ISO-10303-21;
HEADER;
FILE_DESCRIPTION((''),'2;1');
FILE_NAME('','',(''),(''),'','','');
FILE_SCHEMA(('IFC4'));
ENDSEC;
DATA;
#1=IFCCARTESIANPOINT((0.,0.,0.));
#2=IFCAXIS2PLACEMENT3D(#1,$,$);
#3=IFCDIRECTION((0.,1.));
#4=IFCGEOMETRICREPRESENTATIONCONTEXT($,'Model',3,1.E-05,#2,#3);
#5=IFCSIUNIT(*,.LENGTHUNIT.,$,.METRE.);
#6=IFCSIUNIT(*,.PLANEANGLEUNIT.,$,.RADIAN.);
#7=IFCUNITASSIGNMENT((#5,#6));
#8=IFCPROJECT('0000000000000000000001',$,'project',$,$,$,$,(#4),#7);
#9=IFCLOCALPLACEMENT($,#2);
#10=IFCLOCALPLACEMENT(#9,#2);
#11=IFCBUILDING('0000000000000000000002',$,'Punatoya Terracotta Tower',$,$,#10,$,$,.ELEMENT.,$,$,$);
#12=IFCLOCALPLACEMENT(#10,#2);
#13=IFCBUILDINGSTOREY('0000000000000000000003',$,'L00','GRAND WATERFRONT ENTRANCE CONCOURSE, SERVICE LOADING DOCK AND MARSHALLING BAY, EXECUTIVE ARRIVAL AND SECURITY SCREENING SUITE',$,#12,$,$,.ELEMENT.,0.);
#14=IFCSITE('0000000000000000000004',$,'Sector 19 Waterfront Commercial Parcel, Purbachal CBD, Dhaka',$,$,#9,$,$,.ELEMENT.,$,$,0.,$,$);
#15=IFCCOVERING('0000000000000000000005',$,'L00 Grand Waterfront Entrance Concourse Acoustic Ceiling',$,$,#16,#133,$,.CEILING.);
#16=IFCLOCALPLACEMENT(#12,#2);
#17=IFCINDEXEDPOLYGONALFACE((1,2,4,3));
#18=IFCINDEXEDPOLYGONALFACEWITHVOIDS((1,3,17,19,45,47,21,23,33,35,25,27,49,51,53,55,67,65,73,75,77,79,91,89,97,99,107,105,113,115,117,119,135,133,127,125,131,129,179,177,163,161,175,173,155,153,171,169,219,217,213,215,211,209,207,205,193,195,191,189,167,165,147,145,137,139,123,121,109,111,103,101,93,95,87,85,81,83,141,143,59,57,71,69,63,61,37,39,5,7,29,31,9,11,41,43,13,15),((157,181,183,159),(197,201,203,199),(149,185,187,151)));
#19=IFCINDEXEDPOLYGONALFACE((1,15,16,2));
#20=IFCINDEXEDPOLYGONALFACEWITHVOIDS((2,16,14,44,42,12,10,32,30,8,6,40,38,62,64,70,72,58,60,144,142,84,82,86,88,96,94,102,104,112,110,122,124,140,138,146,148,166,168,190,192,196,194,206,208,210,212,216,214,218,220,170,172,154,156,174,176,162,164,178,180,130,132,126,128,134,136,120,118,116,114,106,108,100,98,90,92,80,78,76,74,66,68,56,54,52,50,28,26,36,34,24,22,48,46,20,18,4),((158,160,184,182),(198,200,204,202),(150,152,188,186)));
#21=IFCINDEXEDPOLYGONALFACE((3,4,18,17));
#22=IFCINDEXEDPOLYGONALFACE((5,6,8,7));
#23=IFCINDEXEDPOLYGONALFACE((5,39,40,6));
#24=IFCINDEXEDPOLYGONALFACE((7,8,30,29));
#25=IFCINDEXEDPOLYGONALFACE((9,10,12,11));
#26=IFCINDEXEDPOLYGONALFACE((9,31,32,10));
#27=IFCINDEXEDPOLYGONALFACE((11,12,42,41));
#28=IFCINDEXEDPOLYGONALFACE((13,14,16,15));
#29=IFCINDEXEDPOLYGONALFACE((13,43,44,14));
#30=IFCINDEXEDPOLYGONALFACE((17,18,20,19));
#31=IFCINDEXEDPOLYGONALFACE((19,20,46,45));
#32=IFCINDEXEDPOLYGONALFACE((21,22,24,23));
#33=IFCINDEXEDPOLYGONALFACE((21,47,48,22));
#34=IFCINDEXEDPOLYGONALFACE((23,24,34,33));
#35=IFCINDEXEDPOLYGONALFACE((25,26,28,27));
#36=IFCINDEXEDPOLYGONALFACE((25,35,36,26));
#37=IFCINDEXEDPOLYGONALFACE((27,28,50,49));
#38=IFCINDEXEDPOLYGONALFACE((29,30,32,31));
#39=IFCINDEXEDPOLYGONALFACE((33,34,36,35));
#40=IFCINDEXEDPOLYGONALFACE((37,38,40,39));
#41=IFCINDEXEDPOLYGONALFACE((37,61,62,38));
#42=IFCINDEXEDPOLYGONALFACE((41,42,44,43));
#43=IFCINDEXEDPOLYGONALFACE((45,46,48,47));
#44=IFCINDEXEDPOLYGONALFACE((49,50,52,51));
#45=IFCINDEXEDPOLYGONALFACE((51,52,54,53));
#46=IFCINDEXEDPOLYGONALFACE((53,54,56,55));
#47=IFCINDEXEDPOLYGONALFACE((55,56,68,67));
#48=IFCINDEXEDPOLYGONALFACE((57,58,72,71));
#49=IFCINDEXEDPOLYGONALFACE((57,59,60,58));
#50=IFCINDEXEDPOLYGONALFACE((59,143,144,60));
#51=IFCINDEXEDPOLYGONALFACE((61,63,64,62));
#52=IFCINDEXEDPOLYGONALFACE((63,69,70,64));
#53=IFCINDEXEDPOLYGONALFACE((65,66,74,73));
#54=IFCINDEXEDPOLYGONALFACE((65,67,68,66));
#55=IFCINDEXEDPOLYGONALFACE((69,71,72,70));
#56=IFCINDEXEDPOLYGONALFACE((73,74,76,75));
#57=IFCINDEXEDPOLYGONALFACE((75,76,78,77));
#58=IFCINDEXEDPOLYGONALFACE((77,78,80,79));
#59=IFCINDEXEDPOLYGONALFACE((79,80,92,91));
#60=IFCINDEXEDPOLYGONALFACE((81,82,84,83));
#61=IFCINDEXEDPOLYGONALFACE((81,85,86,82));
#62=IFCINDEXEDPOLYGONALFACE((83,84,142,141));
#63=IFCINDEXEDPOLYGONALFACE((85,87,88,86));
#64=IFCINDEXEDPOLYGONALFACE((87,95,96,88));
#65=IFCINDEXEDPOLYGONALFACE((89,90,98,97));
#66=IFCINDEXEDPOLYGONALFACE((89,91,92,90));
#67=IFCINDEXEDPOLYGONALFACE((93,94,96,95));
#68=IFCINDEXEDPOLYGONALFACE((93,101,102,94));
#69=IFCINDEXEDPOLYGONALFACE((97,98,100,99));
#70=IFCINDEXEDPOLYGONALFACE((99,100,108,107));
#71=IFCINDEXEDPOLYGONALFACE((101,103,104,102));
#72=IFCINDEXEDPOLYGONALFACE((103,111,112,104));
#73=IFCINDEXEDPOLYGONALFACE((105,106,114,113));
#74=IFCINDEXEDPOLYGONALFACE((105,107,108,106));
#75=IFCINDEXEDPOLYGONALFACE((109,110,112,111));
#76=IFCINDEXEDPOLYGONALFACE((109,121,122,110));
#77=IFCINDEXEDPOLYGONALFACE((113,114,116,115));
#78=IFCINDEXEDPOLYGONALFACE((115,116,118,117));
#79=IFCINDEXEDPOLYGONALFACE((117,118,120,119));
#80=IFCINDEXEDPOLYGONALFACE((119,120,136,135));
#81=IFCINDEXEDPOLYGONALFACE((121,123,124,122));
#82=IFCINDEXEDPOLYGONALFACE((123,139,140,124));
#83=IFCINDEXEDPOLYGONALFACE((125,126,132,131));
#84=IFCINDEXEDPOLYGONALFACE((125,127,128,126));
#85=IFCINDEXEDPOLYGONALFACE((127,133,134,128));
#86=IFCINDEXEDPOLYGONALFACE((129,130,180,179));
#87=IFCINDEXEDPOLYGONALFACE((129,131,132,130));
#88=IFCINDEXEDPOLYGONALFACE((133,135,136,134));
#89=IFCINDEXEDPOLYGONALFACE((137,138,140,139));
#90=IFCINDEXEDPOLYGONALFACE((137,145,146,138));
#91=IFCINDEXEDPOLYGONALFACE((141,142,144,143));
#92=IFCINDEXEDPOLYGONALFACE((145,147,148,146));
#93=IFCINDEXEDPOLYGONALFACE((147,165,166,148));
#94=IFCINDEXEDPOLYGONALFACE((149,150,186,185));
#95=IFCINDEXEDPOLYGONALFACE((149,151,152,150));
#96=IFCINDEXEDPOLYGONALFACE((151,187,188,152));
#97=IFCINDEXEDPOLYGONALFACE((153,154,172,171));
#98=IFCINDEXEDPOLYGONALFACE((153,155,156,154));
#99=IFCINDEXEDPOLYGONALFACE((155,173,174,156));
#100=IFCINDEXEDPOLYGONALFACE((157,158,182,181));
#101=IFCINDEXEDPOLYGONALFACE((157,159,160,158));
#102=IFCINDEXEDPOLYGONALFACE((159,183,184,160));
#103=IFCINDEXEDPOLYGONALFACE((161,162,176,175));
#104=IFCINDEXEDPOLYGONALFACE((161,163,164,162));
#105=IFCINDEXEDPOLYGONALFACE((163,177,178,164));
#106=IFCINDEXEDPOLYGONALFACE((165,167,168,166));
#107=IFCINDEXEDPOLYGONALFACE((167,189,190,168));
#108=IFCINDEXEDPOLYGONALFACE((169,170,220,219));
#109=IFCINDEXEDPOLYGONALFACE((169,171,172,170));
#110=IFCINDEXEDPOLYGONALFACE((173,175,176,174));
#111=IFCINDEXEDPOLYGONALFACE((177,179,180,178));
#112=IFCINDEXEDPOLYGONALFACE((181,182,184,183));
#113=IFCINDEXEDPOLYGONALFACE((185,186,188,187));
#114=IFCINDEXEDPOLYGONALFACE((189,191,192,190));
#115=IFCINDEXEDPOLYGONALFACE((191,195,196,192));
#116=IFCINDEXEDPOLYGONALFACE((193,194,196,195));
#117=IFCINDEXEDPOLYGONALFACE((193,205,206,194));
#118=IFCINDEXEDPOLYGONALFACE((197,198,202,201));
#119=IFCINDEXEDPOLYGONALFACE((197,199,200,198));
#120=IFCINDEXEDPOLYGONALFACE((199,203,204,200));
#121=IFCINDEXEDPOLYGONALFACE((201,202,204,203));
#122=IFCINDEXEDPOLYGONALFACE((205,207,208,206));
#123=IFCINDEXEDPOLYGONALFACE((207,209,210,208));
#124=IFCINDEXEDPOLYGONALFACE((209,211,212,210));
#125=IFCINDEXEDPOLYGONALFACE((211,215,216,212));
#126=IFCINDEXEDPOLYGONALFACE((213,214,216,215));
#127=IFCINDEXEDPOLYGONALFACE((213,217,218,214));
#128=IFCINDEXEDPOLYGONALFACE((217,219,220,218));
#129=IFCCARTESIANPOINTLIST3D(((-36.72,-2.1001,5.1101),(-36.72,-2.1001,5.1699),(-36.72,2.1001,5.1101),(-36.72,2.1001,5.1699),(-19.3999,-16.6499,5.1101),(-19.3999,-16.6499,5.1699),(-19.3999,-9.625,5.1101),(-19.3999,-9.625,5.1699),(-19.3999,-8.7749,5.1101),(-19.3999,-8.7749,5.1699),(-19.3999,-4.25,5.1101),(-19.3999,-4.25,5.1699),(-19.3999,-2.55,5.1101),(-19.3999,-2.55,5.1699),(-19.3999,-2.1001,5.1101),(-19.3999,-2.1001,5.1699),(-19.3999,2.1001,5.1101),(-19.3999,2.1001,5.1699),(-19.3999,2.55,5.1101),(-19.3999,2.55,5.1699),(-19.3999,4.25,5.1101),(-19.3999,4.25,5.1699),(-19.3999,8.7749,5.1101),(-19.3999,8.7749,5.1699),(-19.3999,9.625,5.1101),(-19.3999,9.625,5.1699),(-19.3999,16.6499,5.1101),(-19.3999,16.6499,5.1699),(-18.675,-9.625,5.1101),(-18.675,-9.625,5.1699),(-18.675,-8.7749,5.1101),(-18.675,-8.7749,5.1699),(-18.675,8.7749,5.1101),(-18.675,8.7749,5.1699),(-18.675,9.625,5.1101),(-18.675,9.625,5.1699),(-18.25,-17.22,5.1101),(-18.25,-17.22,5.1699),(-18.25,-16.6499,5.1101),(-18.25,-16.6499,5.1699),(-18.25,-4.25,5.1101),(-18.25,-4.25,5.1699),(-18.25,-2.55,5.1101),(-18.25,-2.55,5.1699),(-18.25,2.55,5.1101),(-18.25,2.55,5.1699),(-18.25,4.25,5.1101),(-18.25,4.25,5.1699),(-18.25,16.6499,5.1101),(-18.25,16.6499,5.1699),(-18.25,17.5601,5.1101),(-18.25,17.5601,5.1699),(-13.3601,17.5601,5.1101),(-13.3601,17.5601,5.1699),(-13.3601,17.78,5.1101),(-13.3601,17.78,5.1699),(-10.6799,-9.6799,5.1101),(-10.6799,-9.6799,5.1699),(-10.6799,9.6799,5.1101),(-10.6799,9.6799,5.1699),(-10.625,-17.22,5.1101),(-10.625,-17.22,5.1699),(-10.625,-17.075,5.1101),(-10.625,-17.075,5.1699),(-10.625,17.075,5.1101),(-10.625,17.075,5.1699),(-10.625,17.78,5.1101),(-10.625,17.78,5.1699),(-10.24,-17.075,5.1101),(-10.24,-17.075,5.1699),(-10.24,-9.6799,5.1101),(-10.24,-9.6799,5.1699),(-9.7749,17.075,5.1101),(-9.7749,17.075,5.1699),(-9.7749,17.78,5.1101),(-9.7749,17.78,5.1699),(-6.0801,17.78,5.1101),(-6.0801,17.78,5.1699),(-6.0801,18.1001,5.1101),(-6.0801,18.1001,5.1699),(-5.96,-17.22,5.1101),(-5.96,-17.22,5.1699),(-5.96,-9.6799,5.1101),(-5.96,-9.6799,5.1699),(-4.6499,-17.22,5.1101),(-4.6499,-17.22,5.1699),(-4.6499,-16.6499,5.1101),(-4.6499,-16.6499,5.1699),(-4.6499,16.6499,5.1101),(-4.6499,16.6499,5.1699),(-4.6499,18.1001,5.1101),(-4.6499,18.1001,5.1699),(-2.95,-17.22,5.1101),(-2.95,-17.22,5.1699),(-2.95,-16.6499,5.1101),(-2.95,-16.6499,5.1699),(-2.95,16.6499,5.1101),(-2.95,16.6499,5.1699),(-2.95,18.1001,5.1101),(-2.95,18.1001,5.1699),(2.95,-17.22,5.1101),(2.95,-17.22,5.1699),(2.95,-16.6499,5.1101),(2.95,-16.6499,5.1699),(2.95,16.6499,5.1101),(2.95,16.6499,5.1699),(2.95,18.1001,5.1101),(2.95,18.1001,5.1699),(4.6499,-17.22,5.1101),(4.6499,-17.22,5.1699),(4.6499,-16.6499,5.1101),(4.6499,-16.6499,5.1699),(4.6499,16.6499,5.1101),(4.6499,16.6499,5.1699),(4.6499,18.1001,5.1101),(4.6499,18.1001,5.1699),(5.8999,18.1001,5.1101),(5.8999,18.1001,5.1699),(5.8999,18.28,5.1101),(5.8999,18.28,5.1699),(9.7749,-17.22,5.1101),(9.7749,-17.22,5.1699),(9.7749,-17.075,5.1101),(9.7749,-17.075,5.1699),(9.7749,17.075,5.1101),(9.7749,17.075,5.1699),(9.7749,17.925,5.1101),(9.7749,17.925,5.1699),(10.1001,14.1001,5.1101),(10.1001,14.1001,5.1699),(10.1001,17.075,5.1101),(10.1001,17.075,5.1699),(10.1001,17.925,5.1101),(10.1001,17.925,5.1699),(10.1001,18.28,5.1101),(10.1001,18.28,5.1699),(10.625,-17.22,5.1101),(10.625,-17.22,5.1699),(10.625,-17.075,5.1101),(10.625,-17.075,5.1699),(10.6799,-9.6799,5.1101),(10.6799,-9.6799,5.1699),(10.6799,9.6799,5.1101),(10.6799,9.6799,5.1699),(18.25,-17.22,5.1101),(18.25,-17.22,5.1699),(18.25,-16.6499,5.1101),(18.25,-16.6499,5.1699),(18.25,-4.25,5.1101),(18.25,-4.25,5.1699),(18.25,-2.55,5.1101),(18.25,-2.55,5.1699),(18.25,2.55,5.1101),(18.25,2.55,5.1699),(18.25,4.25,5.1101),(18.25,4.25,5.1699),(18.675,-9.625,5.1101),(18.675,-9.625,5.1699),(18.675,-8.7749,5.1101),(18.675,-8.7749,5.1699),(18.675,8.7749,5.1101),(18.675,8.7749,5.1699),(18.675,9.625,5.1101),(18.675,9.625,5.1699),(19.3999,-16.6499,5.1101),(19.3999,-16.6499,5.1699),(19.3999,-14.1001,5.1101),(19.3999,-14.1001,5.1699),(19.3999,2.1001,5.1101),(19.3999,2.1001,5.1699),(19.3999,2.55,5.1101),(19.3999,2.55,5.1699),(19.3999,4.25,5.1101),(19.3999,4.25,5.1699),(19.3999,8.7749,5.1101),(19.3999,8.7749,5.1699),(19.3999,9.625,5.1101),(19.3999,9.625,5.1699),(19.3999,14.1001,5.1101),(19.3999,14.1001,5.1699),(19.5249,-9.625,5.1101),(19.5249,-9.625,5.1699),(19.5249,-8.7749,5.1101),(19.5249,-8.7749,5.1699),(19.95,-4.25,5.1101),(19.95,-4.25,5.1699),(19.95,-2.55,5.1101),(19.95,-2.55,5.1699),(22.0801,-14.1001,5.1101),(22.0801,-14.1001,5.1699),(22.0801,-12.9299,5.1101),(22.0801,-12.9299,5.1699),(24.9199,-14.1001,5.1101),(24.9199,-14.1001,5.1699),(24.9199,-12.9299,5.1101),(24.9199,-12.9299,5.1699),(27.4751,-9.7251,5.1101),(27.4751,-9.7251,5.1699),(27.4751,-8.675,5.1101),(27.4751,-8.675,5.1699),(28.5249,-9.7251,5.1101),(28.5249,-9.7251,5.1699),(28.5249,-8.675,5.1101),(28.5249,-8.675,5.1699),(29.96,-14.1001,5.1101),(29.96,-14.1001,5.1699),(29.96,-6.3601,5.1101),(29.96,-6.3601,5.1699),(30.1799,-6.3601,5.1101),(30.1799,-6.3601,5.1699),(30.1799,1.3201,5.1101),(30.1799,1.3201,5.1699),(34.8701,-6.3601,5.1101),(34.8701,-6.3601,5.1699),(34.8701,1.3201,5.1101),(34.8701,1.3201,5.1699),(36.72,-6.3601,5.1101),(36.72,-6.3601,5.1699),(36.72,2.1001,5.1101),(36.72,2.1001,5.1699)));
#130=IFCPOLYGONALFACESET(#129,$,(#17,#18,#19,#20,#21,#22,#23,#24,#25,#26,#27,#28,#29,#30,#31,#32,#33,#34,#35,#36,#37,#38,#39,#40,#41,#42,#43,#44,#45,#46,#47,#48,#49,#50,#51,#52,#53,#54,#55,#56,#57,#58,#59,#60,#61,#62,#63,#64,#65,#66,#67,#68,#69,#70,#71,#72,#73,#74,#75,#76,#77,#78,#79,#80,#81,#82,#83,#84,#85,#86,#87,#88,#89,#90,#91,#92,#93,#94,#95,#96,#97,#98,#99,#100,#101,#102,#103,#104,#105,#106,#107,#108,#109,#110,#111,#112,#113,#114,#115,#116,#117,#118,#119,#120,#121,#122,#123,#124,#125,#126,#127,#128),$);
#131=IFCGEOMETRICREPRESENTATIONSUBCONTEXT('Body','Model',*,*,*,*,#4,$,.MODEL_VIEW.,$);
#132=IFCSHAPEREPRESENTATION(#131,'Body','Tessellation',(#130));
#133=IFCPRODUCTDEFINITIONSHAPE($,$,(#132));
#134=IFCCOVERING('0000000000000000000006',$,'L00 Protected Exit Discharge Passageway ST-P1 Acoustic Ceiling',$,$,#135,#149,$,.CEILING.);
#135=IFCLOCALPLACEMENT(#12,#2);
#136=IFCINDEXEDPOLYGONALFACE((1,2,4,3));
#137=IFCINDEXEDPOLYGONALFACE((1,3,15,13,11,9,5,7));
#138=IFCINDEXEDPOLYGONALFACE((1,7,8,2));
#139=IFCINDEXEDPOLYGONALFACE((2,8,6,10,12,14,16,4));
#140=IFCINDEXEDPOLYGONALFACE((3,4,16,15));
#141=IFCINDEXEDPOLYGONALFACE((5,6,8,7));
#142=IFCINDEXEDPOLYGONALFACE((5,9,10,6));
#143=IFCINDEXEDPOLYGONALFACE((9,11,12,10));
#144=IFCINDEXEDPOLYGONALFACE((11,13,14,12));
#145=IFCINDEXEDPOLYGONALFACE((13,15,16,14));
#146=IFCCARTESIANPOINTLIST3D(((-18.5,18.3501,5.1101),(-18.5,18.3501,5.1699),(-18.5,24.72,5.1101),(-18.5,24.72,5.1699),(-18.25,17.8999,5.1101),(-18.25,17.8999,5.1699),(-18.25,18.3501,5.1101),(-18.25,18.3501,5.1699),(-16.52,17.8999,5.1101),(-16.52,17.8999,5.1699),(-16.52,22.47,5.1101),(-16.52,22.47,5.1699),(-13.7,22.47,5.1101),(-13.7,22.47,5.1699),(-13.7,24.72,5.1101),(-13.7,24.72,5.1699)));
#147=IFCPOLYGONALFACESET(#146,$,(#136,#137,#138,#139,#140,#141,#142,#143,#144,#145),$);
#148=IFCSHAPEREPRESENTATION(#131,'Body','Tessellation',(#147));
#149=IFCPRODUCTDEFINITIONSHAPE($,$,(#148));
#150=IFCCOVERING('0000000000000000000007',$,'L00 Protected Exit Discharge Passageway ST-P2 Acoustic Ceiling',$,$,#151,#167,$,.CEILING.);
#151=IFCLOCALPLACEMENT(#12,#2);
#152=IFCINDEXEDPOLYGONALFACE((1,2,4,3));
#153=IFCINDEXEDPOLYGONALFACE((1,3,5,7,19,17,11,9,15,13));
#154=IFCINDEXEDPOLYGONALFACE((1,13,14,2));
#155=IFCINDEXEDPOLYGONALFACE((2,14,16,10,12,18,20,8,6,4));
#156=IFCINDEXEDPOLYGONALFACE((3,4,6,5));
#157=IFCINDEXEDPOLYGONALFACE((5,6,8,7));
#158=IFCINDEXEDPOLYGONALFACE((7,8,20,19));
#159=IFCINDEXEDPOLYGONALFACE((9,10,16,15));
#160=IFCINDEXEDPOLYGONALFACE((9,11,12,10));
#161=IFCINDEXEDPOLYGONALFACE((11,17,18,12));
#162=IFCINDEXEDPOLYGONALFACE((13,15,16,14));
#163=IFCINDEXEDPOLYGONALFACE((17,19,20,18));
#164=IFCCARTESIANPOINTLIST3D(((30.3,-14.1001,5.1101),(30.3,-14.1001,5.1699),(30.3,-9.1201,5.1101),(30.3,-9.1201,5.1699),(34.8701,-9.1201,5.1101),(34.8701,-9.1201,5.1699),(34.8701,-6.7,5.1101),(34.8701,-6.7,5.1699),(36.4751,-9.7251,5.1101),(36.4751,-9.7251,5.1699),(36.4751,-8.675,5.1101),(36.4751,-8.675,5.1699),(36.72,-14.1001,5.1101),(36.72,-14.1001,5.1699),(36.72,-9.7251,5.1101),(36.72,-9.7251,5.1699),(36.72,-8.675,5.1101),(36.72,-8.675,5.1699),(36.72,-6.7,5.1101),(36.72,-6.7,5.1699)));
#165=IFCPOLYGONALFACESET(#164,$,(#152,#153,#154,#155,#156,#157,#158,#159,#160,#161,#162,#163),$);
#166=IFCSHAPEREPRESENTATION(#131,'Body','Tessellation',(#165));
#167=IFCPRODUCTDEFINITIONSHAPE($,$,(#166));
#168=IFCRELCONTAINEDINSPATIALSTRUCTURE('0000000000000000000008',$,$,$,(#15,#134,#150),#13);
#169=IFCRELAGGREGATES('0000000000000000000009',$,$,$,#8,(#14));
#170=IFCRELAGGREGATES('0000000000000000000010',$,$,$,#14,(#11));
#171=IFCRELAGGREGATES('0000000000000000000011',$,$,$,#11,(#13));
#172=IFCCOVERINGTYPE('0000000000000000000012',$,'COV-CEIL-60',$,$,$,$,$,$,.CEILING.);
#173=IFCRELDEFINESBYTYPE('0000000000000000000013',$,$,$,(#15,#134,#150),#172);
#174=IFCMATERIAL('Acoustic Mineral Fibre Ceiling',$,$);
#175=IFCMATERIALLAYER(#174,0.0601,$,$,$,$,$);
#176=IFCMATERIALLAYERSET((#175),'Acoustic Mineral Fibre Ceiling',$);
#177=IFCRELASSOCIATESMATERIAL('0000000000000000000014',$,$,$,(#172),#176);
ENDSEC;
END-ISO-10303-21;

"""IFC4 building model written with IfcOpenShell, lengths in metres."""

from ifc_helpers import new_model, si_unit, direction, frame, origin, place, context, subcontext, project, spatial, polyline, outline, extrude, material, layer, layer_set, type_object, element, save


model = new_model("IFC4")

# Units and contexts
model_context = context("Model", 3, precision=1e-05, world=origin(), true_north=direction((0.0, 1.0)))
body_context = subcontext(model_context, "Body", "Model", "MODEL_VIEW")
ifc_project = project(units=[si_unit("LENGTHUNIT", "METRE"), si_unit("PLANEANGLEUNIT", "RADIAN")], contexts=[model_context])

# Site, building, storey
site_placement = place(None, origin())
site = spatial("IfcSite", under=ifc_project, at=site_placement, Name="Sector 19 Waterfront Commercial Parcel, Purbachal CBD, Dhaka", CompositionType="ELEMENT", RefElevation=0.0)
building_placement = place(site_placement, origin())
building = spatial("IfcBuilding", under=site, at=building_placement, Name="Punatoya Terracotta Tower", CompositionType="ELEMENT")
storey_placement = place(building_placement, origin())
storey = spatial("IfcBuildingStorey", under=building, at=storey_placement, Name="L00", Description="GRAND WATERFRONT ENTRANCE CONCOURSE, SERVICE LOADING DOCK AND MARSHALLING BAY, EXECUTIVE ARRIVAL AND SECURITY SCREENING SUITE", CompositionType="ELEMENT", Elevation=0.0)

# Coverings
ifc_material_1 = material(Name="Acoustic Mineral Fibre Ceiling")
ifc_layer_1 = layer(ifc_material_1, 0.0601)
ifc_layer_set_1 = layer_set([ifc_layer_1], Name="Acoustic Mineral Fibre Ceiling")
covering_type_1 = type_object("IfcCoveringType", Name="COV-CEIL-60", PredefinedType="CEILING", material=ifc_layer_set_1)
covering_1_placement = place(storey_placement, frame((0.0, 0.0, 5.1101)))
element("IfcCovering", 1, at=covering_1_placement, inside=storey, type_object=covering_type_1, Name="L00 Grand Waterfront Entrance Concourse Acoustic Ceiling", PredefinedType="CEILING", context=body_context, shape_type="SweptSolid", body=[
    extrude(outline(polyline([(-4.6499, -17.22), (-4.6499, -16.6499), (-2.95, -16.6499), (-2.95, -17.22), (2.95, -17.22), (2.95, -16.6499), (4.6499, -16.6499), (4.6499, -17.22), (9.7749, -17.22), (9.7749, -17.075), (10.625, -17.075), (10.625, -17.22), (18.25, -17.22), (18.25, -16.6499), (19.3999, -16.6499), (19.3999, -14.1001), (22.0801, -14.1001), (22.0801, -12.9299), (24.9199, -12.9299), (24.9199, -14.1001), (29.96, -14.1001), (29.96, -6.3601), (30.1799, -6.3601), (30.1799, 1.3201), (34.8701, 1.3201), (34.8701, -6.3601), (36.72, -6.3601), (36.72, 2.1001), (19.3999, 2.1001), (19.3999, 2.55), (18.25, 2.55), (18.25, 4.25), (19.3999, 4.25), (19.3999, 8.7749), (18.675, 8.7749), (18.675, 9.625), (19.3999, 9.625), (19.3999, 14.1001), (10.1001, 14.1001), (10.1001, 17.075), (9.7749, 17.075), (9.7749, 17.925), (10.1001, 17.925), (10.1001, 18.28), (5.8999, 18.28), (5.8999, 18.1001), (4.6499, 18.1001), (4.6499, 16.6499), (2.95, 16.6499), (2.95, 18.1001), (-2.95, 18.1001), (-2.95, 16.6499), (-4.6499, 16.6499), (-4.6499, 18.1001), (-6.0801, 18.1001), (-6.0801, 17.78), (-9.7749, 17.78), (-9.7749, 17.075), (-10.625, 17.075), (-10.625, 17.78), (-13.3601, 17.78), (-13.3601, 17.5601), (-18.25, 17.5601), (-18.25, 16.6499), (-19.3999, 16.6499), (-19.3999, 9.625), (-18.675, 9.625), (-18.675, 8.7749), (-19.3999, 8.7749), (-19.3999, 4.25), (-18.25, 4.25), (-18.25, 2.55), (-19.3999, 2.55), (-19.3999, 2.1001), (-36.72, 2.1001), (-36.72, -2.1001), (-19.3999, -2.1001), (-19.3999, -2.55), (-18.25, -2.55), (-18.25, -4.25), (-19.3999, -4.25), (-19.3999, -8.7749), (-18.675, -8.7749), (-18.675, -9.625), (-19.3999, -9.625), (-19.3999, -16.6499), (-18.25, -16.6499), (-18.25, -17.22), (-10.625, -17.22), (-10.625, -17.075), (-10.24, -17.075), (-10.24, -9.6799), (-10.6799, -9.6799), (-10.6799, 9.6799), (10.6799, 9.6799), (10.6799, -9.6799), (-5.96, -9.6799), (-5.96, -17.22), (-4.6499, -17.22)]), holes=[polyline([(28.5249, -8.675), (28.5249, -9.7251), (27.4751, -9.7251), (27.4751, -8.675), (28.5249, -8.675)]), polyline([(18.25, -4.25), (18.25, -2.55), (19.95, -2.55), (19.95, -4.25), (18.25, -4.25)]), polyline([(18.675, -8.7749), (19.5249, -8.7749), (19.5249, -9.625), (18.675, -9.625), (18.675, -8.7749)])]), origin(), (0.0, 0.0, 1.0), 0.0598),
])
covering_2_placement = place(storey_placement, frame((0.0, 0.0, 5.1101)))
element("IfcCovering", 2, at=covering_2_placement, inside=storey, type_object=covering_type_1, Name="L00 Protected Exit Discharge Passageway ST-P1 Acoustic Ceiling", PredefinedType="CEILING", context=body_context, shape_type="SweptSolid", body=[
    extrude(outline(polyline([(-16.52, 17.8999), (-16.52, 22.47), (-13.7, 22.47), (-13.7, 24.72), (-18.5, 24.72), (-18.5, 18.3501), (-18.25, 18.3501), (-18.25, 17.8999), (-16.52, 17.8999)])), origin(), (0.0, 0.0, 1.0), 0.0598),
])
covering_3_placement = place(storey_placement, frame((0.0, 0.0, 5.1101)))
element("IfcCovering", 3, at=covering_3_placement, inside=storey, type_object=covering_type_1, Name="L00 Protected Exit Discharge Passageway ST-P2 Acoustic Ceiling", PredefinedType="CEILING", context=body_context, shape_type="SweptSolid", body=[
    extrude(outline(polyline([(36.72, -14.1001), (36.72, -9.7251), (36.4751, -9.7251), (36.4751, -8.675), (36.72, -8.675), (36.72, -6.7), (34.8701, -6.7), (34.8701, -9.1201), (30.3, -9.1201), (30.3, -14.1001), (36.72, -14.1001)])), origin(), (0.0, 0.0, 1.0), 0.0598),
])

save(model, "model.ifc")
